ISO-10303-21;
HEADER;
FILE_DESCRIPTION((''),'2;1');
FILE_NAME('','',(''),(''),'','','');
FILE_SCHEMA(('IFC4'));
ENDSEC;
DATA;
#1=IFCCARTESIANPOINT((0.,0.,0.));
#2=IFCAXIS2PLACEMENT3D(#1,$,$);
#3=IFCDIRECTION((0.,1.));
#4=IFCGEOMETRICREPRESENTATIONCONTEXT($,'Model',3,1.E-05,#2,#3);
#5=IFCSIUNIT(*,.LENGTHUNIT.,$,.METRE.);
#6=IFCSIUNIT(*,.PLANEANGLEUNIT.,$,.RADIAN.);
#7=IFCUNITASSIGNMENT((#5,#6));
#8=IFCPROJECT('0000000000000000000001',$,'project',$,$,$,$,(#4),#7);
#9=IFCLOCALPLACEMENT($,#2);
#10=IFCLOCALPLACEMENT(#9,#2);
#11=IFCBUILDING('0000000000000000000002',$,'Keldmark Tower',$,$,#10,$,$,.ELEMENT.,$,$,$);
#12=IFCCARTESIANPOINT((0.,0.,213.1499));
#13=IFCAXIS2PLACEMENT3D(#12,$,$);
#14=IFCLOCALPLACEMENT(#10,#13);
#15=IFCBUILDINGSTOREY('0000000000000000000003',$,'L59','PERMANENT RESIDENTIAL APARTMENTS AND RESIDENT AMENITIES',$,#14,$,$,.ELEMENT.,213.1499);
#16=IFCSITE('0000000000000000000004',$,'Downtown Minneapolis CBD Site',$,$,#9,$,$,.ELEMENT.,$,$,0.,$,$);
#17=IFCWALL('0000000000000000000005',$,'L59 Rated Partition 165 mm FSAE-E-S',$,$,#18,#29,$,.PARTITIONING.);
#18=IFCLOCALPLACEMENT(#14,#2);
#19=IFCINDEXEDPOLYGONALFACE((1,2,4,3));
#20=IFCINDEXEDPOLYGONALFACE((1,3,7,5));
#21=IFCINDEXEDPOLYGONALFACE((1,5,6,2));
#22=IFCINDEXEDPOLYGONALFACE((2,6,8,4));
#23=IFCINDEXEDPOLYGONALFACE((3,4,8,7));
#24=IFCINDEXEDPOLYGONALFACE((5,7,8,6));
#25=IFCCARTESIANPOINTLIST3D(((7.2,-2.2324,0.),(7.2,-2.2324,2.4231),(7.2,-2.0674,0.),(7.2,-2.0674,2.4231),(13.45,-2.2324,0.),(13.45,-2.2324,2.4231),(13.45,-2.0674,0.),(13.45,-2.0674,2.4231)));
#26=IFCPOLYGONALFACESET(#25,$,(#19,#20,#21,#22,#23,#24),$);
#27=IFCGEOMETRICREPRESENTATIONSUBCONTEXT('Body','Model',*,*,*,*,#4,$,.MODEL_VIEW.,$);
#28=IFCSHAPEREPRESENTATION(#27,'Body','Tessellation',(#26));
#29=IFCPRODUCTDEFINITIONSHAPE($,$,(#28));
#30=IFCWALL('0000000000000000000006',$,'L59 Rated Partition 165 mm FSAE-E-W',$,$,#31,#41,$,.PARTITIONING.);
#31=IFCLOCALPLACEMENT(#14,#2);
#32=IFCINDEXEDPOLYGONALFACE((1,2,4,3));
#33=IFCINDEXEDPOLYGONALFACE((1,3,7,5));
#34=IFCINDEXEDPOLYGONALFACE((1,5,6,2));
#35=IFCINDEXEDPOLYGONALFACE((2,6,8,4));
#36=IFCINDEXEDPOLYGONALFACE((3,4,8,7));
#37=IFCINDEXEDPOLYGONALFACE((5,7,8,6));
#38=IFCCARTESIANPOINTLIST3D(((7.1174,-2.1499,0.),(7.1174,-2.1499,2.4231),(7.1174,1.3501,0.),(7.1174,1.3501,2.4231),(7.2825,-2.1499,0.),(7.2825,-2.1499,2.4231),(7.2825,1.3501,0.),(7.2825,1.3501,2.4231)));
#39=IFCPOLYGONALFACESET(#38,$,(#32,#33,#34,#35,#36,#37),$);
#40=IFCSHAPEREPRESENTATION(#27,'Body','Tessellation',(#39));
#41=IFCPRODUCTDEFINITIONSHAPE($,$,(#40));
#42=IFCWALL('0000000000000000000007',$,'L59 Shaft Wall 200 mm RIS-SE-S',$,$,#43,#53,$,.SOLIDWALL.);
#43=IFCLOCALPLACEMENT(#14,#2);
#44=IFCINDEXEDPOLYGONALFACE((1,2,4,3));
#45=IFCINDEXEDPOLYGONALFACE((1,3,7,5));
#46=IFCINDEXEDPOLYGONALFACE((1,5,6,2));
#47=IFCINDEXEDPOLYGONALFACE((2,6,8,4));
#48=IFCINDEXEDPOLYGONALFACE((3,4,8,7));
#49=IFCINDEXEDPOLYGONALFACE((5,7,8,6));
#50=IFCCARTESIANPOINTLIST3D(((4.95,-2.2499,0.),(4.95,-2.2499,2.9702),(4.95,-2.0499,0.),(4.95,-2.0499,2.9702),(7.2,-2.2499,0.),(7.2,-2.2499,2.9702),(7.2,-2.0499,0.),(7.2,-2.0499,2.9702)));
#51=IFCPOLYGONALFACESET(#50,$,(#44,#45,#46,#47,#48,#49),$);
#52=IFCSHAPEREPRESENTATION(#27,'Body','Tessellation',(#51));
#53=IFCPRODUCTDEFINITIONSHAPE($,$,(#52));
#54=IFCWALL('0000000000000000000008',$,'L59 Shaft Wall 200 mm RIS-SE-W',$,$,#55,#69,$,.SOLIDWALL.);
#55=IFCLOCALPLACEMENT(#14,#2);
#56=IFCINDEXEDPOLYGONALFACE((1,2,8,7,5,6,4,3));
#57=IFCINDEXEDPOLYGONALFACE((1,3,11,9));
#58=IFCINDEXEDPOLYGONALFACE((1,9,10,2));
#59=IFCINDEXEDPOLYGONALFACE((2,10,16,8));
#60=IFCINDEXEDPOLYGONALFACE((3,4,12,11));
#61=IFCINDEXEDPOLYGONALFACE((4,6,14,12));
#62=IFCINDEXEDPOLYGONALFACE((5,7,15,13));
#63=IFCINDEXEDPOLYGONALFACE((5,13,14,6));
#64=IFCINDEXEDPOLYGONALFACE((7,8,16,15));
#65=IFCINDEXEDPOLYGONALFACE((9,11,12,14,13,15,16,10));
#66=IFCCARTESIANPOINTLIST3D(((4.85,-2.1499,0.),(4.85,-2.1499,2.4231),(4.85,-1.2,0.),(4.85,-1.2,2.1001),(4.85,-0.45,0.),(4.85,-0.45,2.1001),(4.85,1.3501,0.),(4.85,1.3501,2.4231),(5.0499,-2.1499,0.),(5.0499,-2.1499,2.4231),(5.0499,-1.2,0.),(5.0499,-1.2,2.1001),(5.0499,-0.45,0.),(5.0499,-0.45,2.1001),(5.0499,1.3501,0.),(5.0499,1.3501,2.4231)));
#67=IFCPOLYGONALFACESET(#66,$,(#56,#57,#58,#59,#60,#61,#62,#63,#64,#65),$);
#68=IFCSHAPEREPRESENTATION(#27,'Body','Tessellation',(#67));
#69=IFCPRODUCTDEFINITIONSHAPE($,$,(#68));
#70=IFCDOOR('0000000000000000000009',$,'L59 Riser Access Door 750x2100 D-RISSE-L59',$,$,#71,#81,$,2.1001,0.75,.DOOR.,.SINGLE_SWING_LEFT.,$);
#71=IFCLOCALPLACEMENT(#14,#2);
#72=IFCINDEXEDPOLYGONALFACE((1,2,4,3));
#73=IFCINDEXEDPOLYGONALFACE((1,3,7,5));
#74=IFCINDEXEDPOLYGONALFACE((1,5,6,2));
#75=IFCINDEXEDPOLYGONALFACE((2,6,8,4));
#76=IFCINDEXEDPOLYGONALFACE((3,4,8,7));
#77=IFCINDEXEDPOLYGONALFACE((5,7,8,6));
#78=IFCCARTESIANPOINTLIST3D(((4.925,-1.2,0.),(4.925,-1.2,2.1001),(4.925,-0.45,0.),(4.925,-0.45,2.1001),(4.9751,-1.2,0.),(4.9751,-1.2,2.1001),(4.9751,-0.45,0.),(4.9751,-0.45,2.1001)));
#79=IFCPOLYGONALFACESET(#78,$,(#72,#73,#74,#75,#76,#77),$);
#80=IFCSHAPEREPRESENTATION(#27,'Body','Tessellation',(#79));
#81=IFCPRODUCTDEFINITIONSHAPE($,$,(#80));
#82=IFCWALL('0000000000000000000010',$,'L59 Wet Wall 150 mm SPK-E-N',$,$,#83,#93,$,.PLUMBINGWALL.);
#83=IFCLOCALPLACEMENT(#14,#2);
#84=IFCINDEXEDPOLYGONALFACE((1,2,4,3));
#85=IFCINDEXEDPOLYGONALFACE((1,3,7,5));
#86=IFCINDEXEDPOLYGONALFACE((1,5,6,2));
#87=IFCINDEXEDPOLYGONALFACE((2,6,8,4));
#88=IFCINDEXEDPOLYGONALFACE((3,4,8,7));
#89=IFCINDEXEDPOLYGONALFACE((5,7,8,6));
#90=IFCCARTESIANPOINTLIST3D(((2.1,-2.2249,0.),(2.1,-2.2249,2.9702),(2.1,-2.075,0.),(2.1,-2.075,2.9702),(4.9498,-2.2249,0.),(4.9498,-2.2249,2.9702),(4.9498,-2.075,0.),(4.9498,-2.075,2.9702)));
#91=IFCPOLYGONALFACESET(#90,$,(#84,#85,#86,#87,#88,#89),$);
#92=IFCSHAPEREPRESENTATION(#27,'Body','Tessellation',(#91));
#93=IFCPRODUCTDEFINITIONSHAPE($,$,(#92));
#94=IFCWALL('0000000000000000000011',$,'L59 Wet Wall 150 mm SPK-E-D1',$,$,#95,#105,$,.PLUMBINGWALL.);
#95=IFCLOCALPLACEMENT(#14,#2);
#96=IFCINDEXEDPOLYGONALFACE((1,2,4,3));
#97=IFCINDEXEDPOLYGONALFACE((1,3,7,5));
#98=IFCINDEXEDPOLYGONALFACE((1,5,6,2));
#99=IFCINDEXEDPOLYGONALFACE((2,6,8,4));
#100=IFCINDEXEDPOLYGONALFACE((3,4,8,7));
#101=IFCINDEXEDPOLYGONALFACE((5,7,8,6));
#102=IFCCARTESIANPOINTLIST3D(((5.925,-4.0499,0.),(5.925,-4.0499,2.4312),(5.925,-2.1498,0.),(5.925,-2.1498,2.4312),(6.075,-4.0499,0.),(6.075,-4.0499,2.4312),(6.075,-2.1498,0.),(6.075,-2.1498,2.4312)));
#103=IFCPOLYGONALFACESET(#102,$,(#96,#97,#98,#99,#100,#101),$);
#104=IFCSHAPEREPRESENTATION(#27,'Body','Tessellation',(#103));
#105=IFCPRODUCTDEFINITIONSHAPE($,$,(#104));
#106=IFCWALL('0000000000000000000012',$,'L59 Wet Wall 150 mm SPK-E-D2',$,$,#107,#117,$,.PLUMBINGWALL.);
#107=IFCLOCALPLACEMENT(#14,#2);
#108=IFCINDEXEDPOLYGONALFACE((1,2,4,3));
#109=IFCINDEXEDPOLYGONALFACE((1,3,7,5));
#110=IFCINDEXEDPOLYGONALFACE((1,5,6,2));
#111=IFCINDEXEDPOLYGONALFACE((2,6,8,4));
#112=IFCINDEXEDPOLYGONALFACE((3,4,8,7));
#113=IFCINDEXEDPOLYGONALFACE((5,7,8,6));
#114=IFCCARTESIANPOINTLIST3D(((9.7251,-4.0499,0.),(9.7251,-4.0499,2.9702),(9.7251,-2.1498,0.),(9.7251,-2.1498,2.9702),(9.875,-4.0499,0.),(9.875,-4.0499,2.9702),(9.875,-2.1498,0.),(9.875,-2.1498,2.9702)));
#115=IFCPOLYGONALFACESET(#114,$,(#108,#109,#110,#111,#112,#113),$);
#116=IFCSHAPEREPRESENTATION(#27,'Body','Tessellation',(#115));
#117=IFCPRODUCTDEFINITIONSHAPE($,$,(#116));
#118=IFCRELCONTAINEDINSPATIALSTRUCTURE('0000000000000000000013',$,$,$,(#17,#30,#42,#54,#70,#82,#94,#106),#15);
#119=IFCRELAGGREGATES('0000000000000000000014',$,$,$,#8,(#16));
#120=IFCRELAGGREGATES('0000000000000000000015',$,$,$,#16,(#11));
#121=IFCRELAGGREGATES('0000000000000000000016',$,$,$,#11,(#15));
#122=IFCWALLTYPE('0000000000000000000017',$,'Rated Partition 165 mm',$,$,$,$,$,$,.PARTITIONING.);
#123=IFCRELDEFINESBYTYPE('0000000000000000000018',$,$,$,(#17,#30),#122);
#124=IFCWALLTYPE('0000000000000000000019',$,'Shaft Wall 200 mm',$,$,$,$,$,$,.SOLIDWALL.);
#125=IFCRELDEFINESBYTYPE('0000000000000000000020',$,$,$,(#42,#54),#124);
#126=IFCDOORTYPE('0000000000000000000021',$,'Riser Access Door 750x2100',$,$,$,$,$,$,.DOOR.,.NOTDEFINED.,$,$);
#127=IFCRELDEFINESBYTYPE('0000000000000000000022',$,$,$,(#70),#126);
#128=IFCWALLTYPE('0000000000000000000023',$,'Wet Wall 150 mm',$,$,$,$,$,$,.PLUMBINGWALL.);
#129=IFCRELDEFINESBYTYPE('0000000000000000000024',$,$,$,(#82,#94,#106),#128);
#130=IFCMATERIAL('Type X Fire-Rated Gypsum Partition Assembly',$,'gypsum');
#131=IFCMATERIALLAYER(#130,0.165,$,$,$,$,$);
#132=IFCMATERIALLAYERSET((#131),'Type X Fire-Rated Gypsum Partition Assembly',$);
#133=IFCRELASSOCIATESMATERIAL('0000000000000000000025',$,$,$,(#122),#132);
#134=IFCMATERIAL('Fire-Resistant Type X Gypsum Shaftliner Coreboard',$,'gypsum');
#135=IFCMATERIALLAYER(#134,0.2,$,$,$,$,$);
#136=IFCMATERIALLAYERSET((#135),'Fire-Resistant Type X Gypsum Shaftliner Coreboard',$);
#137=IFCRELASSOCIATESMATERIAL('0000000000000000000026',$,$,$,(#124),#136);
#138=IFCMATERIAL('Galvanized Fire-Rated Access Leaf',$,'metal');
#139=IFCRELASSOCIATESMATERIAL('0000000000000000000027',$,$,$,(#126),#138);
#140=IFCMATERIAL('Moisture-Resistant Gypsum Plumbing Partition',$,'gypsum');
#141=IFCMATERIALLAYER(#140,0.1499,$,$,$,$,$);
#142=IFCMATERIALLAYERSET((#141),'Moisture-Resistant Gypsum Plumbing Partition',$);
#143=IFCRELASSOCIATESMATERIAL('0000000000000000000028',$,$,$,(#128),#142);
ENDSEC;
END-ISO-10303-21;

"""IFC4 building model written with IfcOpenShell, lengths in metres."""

from ifc_helpers import new_model, si_unit, direction, frame, frame_2d, origin, place, context, subcontext, project, spatial, rectangle, extrude, material, layer, layer_set, type_object, element, fill, save


model = new_model("IFC4")

# Units and contexts
model_context = context("Model", 3, precision=1e-05, world=origin(), true_north=direction((0.0, 1.0)))
body_context = subcontext(model_context, "Body", "Model", "MODEL_VIEW")
ifc_project = project(units=[si_unit("LENGTHUNIT", "METRE"), si_unit("PLANEANGLEUNIT", "RADIAN")], contexts=[model_context])

# Site, building, storey
site_placement = place(None, origin())
site = spatial("IfcSite", under=ifc_project, at=site_placement, Name="Downtown Minneapolis CBD Site", CompositionType="ELEMENT", RefElevation=0.0)
building_placement = place(site_placement, origin())
building = spatial("IfcBuilding", under=site, at=building_placement, Name="Keldmark Tower", CompositionType="ELEMENT")
storey_placement = place(building_placement, frame((0.0, 0.0, 213.1499)))
storey = spatial("IfcBuildingStorey", under=building, at=storey_placement, Name="L59", Description="PERMANENT RESIDENTIAL APARTMENTS AND RESIDENT AMENITIES", CompositionType="ELEMENT", Elevation=213.1499)

# Walls
ifc_material_1 = material(Name="Type X Fire-Rated Gypsum Partition Assembly", Category="gypsum")
ifc_layer_1 = layer(ifc_material_1, 0.165)
ifc_layer_set_1 = layer_set([ifc_layer_1], Name="Type X Fire-Rated Gypsum Partition Assembly")
wall_type_1 = type_object("IfcWallType", Name="Rated Partition 165 mm", PredefinedType="PARTITIONING", material=ifc_layer_set_1)
wall_1_placement = place(storey_placement, frame((7.2, -2.1499, 0.0), z_axis=(0.0, 0.0, 1.0), x_axis=(1.0, 0.0, 0.0)))
element("IfcWall", 1, at=wall_1_placement, inside=storey, type_object=wall_type_1, Name="L59 Rated Partition 165 mm FSAE-E-S", PredefinedType="PARTITIONING", context=body_context, shape_type="SweptSolid", body=[
    extrude(rectangle(XDim=6.25, YDim=0.165, at=frame_2d((3.125, 0.0))), origin(), (0.0, 0.0, 1.0), 2.4231),
])
wall_2_placement = place(storey_placement, frame((7.2, -2.1499, 0.0), z_axis=(0.0, 0.0, 1.0), x_axis=(0.0, 1.0, 0.0)))
element("IfcWall", 2, at=wall_2_placement, inside=storey, type_object=wall_type_1, Name="L59 Rated Partition 165 mm FSAE-E-W", PredefinedType="PARTITIONING", context=body_context, shape_type="SweptSolid", body=[
    extrude(rectangle(XDim=3.5, YDim=0.165, at=frame_2d((1.75, 0.0))), origin(), (0.0, 0.0, 1.0), 2.4231),
])
ifc_material_2 = material(Name="Fire-Resistant Type X Gypsum Shaftliner Coreboard", Category="gypsum")
ifc_layer_2 = layer(ifc_material_2, 0.2)
ifc_layer_set_2 = layer_set([ifc_layer_2], Name="Fire-Resistant Type X Gypsum Shaftliner Coreboard")
wall_type_2 = type_object("IfcWallType", Name="Shaft Wall 200 mm", PredefinedType="SOLIDWALL", material=ifc_layer_set_2)
wall_3_placement = place(storey_placement, frame((4.95, -2.1499, 0.0), z_axis=(0.0, 0.0, 1.0), x_axis=(1.0, 0.0, 0.0)))
element("IfcWall", 3, at=wall_3_placement, inside=storey, type_object=wall_type_2, Name="L59 Shaft Wall 200 mm RIS-SE-S", PredefinedType="SOLIDWALL", context=body_context, shape_type="SweptSolid", body=[
    extrude(rectangle(XDim=2.25, YDim=0.2, at=frame_2d((1.125, 0.0))), origin(), (0.0, 0.0, 1.0), 2.9702),
])

# Wall, opening, door
wall_4_placement = place(storey_placement, frame((4.95, -2.1499, 0.0), z_axis=(0.0, 0.0, 1.0), x_axis=(0.0, 1.0, 0.0)))
wall_4 = element("IfcWall", 4, at=wall_4_placement, inside=storey, type_object=wall_type_2, Name="L59 Shaft Wall 200 mm RIS-SE-W", PredefinedType="SOLIDWALL", context=body_context, shape_type="SweptSolid", body=[
    extrude(rectangle(XDim=3.5, YDim=0.2, at=frame_2d((1.75, 0.0))), origin(), (0.0, 0.0, 1.0), 2.4231),
])
opening_1_placement = place(wall_4_placement, frame((0.95, 0.0, 0.0)))
opening_1 = element("IfcOpeningElement", 5, at=opening_1_placement, cuts=wall_4, PredefinedType="OPENING", context=body_context, shape_type="SweptSolid", body=[
    extrude(rectangle(XDim=0.75, YDim=2.1001, at=frame_2d((0.375, 1.05))), frame((0.0, 0.1099, 0.0), z_axis=(0.0, -1.0, 0.0), x_axis=(1.0, 0.0, 0.0)), (0.0, 0.0, 1.0), 0.22),
])
ifc_material_3 = material(Name="Galvanized Fire-Rated Access Leaf", Category="metal")
door_type_1 = type_object("IfcDoorType", Name="Riser Access Door 750x2100", OperationType="NOTDEFINED", PredefinedType="DOOR", material=ifc_material_3)
door_1_placement = place(opening_1_placement, origin())
door_1 = element("IfcDoor", 6, at=door_1_placement, inside=storey, type_object=door_type_1, Name="L59 Riser Access Door 750x2100 D-RISSE-L59", OperationType="SINGLE_SWING_LEFT", OverallHeight=2.1001, OverallWidth=0.75, PredefinedType="DOOR", context=body_context, shape_type="SweptSolid", body=[
    extrude(rectangle(XDim=0.75, YDim=2.1001, at=frame_2d((0.375, 1.05))), frame((0.0, 0.0249, 0.0), z_axis=(0.0, -1.0, 0.0), x_axis=(1.0, 0.0, 0.0)), (0.0, 0.0, 1.0), 0.05),
])
fill(opening_1, door_1)

# Walls
ifc_material_4 = material(Name="Moisture-Resistant Gypsum Plumbing Partition", Category="gypsum")
ifc_layer_3 = layer(ifc_material_4, 0.1499)
ifc_layer_set_3 = layer_set([ifc_layer_3], Name="Moisture-Resistant Gypsum Plumbing Partition")
wall_type_3 = type_object("IfcWallType", Name="Wet Wall 150 mm", PredefinedType="PLUMBINGWALL", material=ifc_layer_set_3)
wall_5_placement = place(storey_placement, frame((2.1001, -2.1499, 0.0), z_axis=(0.0, 0.0, 1.0), x_axis=(1.0, 0.0, 0.0)))
element("IfcWall", 7, at=wall_5_placement, inside=storey, type_object=wall_type_3, Name="L59 Wet Wall 150 mm SPK-E-N", PredefinedType="PLUMBINGWALL", context=body_context, shape_type="SweptSolid", body=[
    extrude(rectangle(XDim=2.8499, YDim=0.1499, at=frame_2d((1.4248, 0.0))), origin(), (0.0, 0.0, 1.0), 2.9702),
])
wall_6_placement = place(storey_placement, frame((6.0, -4.05, 0.0), z_axis=(0.0, 0.0, 1.0), x_axis=(0.0, 1.0, 0.0)))
element("IfcWall", 8, at=wall_6_placement, inside=storey, type_object=wall_type_3, Name="L59 Wet Wall 150 mm SPK-E-D1", PredefinedType="PLUMBINGWALL", context=body_context, shape_type="SweptSolid", body=[
    extrude(rectangle(XDim=1.9001, YDim=0.1499, at=frame_2d((0.9502, 0.0))), origin(), (0.0, 0.0, 1.0), 2.4312),
])
wall_7_placement = place(storey_placement, frame((9.8, -4.05, 0.0), z_axis=(0.0, 0.0, 1.0), x_axis=(0.0, 1.0, 0.0)))
element("IfcWall", 9, at=wall_7_placement, inside=storey, type_object=wall_type_3, Name="L59 Wet Wall 150 mm SPK-E-D2", PredefinedType="PLUMBINGWALL", context=body_context, shape_type="SweptSolid", body=[
    extrude(rectangle(XDim=1.9001, YDim=0.1499, at=frame_2d((0.9502, 0.0))), origin(), (0.0, 0.0, 1.0), 2.9702),
])

save(model, "model.ifc")
